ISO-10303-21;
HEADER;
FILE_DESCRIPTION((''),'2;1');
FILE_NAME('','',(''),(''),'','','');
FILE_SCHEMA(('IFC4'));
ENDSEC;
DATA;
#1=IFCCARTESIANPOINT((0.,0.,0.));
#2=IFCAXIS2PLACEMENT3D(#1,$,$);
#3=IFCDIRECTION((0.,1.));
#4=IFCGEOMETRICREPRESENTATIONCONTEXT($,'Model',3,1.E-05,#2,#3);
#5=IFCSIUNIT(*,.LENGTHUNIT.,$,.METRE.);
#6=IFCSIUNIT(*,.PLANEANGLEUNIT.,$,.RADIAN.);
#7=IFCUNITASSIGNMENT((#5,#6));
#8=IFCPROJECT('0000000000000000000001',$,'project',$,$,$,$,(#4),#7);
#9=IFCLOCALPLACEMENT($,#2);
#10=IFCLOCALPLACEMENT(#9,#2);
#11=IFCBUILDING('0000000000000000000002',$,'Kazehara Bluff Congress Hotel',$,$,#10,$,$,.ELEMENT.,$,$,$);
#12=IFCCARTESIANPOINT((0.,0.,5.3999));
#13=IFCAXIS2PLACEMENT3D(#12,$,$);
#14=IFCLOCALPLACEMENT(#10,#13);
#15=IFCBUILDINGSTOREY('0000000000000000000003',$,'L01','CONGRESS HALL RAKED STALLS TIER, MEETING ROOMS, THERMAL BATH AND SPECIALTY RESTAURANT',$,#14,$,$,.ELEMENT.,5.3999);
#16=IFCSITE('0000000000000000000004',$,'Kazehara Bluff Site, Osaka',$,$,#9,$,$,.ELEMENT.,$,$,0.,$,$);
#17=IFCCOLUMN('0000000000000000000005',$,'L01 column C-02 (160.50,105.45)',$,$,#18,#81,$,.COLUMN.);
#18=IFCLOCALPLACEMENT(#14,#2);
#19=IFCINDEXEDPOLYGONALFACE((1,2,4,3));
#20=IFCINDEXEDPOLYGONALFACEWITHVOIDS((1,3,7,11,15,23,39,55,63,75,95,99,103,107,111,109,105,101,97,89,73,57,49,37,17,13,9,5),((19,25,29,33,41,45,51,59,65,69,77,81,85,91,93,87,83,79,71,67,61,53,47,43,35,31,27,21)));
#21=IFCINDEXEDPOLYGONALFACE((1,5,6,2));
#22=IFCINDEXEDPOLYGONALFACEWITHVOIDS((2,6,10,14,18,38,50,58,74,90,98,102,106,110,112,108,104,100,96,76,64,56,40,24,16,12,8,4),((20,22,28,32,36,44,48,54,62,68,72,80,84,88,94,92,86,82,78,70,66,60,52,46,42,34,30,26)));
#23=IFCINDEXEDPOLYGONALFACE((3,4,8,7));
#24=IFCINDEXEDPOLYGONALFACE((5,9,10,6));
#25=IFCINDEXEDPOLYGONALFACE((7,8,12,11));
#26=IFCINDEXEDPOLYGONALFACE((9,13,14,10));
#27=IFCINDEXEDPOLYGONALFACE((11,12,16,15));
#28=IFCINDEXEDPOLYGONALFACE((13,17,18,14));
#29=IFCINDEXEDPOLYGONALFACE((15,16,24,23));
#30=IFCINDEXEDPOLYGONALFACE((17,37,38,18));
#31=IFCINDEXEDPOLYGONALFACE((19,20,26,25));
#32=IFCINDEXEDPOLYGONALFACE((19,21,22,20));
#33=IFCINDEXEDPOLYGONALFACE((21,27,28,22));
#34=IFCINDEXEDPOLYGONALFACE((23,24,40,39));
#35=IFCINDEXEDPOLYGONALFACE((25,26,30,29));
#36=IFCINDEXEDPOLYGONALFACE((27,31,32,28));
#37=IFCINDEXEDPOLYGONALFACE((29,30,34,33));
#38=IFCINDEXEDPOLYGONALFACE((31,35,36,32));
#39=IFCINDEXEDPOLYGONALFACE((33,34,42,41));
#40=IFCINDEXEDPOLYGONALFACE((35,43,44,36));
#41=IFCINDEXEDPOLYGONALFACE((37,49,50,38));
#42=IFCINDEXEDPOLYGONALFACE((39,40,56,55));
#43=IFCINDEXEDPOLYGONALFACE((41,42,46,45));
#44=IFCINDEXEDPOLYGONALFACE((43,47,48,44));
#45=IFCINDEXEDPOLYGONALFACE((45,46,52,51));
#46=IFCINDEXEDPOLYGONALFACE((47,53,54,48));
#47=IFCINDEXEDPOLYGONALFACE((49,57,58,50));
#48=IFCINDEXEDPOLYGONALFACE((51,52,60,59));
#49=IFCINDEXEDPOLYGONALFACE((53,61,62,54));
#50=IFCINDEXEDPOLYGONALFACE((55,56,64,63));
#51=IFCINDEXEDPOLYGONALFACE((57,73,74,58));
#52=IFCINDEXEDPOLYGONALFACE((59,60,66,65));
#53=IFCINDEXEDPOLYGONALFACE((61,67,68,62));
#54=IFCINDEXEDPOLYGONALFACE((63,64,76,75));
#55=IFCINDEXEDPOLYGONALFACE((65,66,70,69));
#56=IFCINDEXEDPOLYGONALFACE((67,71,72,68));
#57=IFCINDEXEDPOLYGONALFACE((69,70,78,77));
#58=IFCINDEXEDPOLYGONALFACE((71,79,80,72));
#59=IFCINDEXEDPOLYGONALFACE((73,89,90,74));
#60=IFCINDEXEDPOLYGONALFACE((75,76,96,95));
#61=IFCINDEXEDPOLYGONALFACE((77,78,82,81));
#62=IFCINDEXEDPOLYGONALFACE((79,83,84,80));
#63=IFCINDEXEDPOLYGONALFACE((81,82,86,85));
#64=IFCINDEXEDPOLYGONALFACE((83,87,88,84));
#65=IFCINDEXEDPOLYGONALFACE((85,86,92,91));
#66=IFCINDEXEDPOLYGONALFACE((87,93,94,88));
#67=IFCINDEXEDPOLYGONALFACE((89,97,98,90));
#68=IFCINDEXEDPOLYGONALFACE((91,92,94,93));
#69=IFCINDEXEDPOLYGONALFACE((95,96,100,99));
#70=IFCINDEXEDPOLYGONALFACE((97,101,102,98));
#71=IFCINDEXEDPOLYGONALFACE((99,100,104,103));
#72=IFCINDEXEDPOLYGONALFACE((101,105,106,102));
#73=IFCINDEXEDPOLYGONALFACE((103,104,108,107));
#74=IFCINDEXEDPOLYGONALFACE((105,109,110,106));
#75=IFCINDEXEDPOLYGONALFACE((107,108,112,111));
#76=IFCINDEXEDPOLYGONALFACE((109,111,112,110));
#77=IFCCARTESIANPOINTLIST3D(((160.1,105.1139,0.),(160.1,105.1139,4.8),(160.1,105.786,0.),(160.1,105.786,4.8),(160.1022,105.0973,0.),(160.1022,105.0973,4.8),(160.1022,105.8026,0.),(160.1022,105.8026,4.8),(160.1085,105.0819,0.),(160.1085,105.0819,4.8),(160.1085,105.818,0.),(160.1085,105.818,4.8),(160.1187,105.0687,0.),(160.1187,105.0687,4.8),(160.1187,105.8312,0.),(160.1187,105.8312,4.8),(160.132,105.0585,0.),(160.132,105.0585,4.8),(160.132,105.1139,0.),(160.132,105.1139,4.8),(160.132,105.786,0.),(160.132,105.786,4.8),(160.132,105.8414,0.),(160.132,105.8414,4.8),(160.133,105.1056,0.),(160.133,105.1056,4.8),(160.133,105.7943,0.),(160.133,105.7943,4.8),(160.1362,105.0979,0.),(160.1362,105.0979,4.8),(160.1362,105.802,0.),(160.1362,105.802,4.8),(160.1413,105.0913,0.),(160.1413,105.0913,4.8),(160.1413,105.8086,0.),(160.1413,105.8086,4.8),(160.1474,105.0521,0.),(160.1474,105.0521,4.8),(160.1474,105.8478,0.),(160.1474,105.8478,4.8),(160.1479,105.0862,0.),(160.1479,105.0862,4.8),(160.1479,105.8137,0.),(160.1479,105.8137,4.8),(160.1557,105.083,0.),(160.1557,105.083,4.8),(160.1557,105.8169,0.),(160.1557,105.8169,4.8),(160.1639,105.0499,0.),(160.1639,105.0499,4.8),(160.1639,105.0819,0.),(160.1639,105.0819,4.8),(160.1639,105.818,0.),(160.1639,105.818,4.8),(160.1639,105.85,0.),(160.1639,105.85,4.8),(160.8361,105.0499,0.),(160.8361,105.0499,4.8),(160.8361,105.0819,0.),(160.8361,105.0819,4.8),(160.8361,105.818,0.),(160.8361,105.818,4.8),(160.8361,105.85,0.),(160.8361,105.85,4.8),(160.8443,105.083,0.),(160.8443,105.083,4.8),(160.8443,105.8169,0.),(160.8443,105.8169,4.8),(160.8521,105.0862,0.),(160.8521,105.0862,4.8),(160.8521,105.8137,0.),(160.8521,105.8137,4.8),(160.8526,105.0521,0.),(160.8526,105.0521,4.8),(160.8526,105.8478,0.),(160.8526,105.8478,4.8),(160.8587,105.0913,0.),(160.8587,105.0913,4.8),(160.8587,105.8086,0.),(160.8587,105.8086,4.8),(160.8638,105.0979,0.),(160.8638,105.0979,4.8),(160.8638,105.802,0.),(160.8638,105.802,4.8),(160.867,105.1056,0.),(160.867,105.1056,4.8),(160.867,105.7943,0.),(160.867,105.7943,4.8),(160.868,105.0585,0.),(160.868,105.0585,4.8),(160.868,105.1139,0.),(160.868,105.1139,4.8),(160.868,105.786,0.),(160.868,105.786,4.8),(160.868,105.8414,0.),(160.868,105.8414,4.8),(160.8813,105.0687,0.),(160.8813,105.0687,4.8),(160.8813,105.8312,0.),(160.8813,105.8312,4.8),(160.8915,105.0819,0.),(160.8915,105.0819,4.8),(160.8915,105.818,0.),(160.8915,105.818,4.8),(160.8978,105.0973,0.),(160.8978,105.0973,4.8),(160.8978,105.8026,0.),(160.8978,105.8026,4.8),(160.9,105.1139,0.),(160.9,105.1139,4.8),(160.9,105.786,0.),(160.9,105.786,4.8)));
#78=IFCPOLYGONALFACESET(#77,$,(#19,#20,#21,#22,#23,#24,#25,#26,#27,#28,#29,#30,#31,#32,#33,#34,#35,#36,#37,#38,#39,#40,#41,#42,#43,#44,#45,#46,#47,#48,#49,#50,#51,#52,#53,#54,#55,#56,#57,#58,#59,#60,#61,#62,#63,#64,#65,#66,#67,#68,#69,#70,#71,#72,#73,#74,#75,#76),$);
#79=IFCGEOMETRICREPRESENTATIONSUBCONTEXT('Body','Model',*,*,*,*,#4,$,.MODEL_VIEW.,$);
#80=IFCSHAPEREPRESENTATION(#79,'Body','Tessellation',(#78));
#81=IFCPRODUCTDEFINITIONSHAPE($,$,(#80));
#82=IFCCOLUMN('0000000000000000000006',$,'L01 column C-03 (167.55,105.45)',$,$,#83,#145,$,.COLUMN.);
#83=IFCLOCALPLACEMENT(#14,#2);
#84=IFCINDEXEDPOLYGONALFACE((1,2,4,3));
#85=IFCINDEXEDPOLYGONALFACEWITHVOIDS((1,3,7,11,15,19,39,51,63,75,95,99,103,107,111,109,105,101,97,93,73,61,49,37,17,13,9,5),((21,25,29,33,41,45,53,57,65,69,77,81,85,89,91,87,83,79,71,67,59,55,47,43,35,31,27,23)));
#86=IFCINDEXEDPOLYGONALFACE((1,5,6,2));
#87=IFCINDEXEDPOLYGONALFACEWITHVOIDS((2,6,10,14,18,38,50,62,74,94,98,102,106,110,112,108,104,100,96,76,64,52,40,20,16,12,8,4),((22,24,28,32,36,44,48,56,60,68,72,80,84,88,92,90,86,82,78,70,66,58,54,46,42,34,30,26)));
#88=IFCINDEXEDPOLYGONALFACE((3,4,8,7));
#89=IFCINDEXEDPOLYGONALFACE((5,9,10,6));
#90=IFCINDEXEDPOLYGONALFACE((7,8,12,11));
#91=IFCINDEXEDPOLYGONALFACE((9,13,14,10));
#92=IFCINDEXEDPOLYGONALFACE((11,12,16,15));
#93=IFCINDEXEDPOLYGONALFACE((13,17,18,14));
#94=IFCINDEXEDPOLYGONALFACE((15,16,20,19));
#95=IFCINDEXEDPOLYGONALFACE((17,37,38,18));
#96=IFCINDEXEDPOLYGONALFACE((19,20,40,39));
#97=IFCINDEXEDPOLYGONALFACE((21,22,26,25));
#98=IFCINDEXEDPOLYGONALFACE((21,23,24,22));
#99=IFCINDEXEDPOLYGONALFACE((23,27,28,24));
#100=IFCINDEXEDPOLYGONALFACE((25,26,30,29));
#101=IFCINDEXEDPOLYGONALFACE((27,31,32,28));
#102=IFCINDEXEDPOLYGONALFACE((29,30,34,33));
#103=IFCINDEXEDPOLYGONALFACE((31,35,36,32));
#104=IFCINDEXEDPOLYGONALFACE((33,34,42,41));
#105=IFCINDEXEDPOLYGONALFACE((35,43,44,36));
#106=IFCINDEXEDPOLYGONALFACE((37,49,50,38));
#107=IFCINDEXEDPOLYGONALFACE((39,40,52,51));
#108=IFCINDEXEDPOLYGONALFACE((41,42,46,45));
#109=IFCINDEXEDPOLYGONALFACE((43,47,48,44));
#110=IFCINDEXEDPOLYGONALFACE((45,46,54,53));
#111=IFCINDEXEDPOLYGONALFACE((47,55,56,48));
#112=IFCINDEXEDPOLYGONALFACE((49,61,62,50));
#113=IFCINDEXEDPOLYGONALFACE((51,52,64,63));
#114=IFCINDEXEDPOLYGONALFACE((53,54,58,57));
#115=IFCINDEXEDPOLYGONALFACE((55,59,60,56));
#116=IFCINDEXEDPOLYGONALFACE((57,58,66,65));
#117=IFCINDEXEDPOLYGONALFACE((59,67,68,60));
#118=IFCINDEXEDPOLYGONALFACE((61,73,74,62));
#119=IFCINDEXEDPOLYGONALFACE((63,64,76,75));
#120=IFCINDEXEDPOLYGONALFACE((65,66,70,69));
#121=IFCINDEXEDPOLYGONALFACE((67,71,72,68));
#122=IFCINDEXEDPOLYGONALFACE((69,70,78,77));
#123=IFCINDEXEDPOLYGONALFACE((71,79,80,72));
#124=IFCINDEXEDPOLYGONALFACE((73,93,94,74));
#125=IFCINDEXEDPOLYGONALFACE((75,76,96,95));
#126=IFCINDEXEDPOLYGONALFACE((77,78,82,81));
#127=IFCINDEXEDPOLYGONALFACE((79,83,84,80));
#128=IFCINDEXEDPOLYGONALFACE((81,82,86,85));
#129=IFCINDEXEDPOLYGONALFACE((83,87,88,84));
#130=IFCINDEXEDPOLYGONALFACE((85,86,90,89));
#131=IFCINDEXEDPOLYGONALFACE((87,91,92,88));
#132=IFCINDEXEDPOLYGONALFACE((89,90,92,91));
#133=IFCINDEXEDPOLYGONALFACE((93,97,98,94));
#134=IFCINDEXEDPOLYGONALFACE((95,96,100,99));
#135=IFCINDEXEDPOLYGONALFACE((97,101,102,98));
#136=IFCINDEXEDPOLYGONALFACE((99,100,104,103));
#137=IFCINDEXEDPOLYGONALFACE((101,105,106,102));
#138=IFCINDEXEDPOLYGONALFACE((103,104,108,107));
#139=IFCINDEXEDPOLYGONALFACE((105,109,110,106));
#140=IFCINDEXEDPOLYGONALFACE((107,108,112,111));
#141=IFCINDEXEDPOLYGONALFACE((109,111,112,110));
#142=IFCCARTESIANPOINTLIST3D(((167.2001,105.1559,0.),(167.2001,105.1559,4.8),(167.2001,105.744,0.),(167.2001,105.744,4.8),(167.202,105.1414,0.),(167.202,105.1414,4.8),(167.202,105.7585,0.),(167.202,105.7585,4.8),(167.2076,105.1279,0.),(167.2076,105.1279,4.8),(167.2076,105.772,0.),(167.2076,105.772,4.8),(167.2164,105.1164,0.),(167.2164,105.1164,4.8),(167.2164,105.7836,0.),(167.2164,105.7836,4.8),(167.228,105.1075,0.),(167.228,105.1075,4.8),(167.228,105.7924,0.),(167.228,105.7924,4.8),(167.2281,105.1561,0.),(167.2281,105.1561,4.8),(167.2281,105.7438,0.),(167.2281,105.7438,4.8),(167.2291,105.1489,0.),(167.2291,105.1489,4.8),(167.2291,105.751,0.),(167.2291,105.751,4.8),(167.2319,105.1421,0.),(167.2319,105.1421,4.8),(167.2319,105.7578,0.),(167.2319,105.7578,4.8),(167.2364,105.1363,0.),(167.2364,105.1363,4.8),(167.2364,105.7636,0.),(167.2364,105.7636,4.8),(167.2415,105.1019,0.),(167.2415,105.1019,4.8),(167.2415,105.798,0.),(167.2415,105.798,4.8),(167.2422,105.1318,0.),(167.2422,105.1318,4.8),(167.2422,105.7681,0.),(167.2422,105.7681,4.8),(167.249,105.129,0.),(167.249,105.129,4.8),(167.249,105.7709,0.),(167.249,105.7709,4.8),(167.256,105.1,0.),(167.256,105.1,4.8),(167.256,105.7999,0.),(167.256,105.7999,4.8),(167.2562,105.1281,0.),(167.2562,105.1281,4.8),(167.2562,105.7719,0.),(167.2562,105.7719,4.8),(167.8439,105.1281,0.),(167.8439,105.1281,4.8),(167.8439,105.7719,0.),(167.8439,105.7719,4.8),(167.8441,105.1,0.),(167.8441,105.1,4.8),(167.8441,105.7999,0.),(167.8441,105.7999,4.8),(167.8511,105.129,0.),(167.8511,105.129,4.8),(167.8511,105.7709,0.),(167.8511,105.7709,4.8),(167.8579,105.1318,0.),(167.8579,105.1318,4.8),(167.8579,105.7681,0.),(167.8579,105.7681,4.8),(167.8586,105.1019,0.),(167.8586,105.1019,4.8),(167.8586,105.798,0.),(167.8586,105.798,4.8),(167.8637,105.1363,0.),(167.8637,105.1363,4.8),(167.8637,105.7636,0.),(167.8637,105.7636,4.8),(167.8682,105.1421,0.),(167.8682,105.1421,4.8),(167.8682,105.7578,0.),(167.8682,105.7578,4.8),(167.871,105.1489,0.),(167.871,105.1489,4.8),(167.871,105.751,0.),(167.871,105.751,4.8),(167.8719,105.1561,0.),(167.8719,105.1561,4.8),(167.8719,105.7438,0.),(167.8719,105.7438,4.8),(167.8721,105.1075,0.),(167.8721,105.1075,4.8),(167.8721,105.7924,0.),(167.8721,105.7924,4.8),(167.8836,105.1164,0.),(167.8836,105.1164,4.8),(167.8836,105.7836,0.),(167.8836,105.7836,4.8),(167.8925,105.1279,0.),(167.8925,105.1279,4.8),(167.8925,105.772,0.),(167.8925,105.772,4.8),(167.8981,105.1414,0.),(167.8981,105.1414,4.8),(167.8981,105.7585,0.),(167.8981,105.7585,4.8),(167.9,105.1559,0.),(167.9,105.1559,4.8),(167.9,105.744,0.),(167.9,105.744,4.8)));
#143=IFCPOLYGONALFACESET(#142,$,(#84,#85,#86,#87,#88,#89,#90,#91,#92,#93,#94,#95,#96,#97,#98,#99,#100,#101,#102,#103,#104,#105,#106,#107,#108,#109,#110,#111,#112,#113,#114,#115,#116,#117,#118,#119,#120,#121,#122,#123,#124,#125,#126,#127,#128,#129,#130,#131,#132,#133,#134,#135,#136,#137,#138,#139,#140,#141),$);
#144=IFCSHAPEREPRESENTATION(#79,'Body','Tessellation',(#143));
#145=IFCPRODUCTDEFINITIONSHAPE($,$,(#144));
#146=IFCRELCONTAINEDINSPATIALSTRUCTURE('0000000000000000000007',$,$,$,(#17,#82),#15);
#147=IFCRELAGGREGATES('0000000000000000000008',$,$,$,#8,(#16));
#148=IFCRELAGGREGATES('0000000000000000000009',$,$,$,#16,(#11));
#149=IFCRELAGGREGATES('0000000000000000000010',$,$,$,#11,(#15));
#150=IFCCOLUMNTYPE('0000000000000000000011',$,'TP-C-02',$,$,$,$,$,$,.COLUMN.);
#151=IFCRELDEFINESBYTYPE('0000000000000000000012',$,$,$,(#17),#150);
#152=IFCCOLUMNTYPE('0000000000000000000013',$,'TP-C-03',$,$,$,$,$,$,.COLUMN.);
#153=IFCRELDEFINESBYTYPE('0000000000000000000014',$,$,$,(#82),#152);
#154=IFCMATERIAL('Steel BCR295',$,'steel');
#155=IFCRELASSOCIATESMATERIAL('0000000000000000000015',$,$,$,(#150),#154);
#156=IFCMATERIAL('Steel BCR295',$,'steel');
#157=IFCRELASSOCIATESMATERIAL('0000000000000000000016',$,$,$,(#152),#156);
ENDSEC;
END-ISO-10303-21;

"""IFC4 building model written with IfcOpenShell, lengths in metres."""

from ifc_helpers import new_model, si_unit, direction, frame, origin, origin_2d, place, context, subcontext, project, spatial, hollow_rectangle, extrude, material, material_profile, profile_set, type_object, element, save


model = new_model("IFC4")

# Units and contexts
model_context = context("Model", 3, precision=1e-05, world=origin(), true_north=direction((0.0, 1.0)))
body_context = subcontext(model_context, "Body", "Model", "MODEL_VIEW")
ifc_project = project(units=[si_unit("LENGTHUNIT", "METRE"), si_unit("PLANEANGLEUNIT", "RADIAN")], contexts=[model_context])

# Site, building, storey
site_placement = place(None, origin())
site = spatial("IfcSite", under=ifc_project, at=site_placement, Name="Kazehara Bluff Site, Osaka", CompositionType="ELEMENT", RefElevation=0.0)
building_placement = place(site_placement, origin())
building = spatial("IfcBuilding", under=site, at=building_placement, Name="Kazehara Bluff Congress Hotel", CompositionType="ELEMENT")
storey_placement = place(building_placement, frame((0.0, 0.0, 5.3999)))
storey = spatial("IfcBuildingStorey", under=building, at=storey_placement, Name="L01", Description="CONGRESS HALL RAKED STALLS TIER, MEETING ROOMS, THERMAL BATH AND SPECIALTY RESTAURANT", CompositionType="ELEMENT", Elevation=5.3999)

# Columns
ifc_material_1 = material(Name="Steel BCR295", Category="steel")
ifc_material_profile_1 = material_profile(ifc_material_1, hollow_rectangle(XDim=0.8, YDim=0.8, WallThickness=0.032, InnerFilletRadius=0.032, OuterFilletRadius=0.064, at=origin_2d()))
ifc_profile_set_1 = profile_set([ifc_material_profile_1], Name="Steel BCR295")
column_type_1 = type_object("IfcColumnType", Name="TP-C-02", PredefinedType="COLUMN", material=ifc_profile_set_1)
column_1_placement = place(storey_placement, frame((160.5, 105.45, 0.0), z_axis=(0.0, 0.0, 1.0), x_axis=(1.0, 0.0, 0.0)))
element("IfcColumn", 1, at=column_1_placement, inside=storey, type_object=column_type_1, Name="L01 column C-02 (160.50,105.45)", PredefinedType="COLUMN", context=body_context, shape_type="SweptSolid", body=[
    extrude(hollow_rectangle(XDim=0.8, YDim=0.8, WallThickness=0.032, InnerFilletRadius=0.032, OuterFilletRadius=0.064, at=origin_2d()), origin(), (0.0, 0.0, 1.0), 4.8),
])
ifc_material_2 = material(Name="Steel BCR295", Category="steel")
ifc_material_profile_2 = material_profile(ifc_material_2, hollow_rectangle(XDim=0.7, YDim=0.7, WallThickness=0.0281, InnerFilletRadius=0.0281, OuterFilletRadius=0.0559, at=origin_2d()))
ifc_profile_set_2 = profile_set([ifc_material_profile_2], Name="Steel BCR295")
column_type_2 = type_object("IfcColumnType", Name="TP-C-03", PredefinedType="COLUMN", material=ifc_profile_set_2)
column_2_placement = place(storey_placement, frame((167.55, 105.45, 0.0), z_axis=(0.0, 0.0, 1.0), x_axis=(1.0, 0.0, 0.0)))
element("IfcColumn", 2, at=column_2_placement, inside=storey, type_object=column_type_2, Name="L01 column C-03 (167.55,105.45)", PredefinedType="COLUMN", context=body_context, shape_type="SweptSolid", body=[
    extrude(hollow_rectangle(XDim=0.7, YDim=0.7, WallThickness=0.0281, InnerFilletRadius=0.0281, OuterFilletRadius=0.0559, at=origin_2d()), origin(), (0.0, 0.0, 1.0), 4.8),
])

save(model, "model.ifc")
